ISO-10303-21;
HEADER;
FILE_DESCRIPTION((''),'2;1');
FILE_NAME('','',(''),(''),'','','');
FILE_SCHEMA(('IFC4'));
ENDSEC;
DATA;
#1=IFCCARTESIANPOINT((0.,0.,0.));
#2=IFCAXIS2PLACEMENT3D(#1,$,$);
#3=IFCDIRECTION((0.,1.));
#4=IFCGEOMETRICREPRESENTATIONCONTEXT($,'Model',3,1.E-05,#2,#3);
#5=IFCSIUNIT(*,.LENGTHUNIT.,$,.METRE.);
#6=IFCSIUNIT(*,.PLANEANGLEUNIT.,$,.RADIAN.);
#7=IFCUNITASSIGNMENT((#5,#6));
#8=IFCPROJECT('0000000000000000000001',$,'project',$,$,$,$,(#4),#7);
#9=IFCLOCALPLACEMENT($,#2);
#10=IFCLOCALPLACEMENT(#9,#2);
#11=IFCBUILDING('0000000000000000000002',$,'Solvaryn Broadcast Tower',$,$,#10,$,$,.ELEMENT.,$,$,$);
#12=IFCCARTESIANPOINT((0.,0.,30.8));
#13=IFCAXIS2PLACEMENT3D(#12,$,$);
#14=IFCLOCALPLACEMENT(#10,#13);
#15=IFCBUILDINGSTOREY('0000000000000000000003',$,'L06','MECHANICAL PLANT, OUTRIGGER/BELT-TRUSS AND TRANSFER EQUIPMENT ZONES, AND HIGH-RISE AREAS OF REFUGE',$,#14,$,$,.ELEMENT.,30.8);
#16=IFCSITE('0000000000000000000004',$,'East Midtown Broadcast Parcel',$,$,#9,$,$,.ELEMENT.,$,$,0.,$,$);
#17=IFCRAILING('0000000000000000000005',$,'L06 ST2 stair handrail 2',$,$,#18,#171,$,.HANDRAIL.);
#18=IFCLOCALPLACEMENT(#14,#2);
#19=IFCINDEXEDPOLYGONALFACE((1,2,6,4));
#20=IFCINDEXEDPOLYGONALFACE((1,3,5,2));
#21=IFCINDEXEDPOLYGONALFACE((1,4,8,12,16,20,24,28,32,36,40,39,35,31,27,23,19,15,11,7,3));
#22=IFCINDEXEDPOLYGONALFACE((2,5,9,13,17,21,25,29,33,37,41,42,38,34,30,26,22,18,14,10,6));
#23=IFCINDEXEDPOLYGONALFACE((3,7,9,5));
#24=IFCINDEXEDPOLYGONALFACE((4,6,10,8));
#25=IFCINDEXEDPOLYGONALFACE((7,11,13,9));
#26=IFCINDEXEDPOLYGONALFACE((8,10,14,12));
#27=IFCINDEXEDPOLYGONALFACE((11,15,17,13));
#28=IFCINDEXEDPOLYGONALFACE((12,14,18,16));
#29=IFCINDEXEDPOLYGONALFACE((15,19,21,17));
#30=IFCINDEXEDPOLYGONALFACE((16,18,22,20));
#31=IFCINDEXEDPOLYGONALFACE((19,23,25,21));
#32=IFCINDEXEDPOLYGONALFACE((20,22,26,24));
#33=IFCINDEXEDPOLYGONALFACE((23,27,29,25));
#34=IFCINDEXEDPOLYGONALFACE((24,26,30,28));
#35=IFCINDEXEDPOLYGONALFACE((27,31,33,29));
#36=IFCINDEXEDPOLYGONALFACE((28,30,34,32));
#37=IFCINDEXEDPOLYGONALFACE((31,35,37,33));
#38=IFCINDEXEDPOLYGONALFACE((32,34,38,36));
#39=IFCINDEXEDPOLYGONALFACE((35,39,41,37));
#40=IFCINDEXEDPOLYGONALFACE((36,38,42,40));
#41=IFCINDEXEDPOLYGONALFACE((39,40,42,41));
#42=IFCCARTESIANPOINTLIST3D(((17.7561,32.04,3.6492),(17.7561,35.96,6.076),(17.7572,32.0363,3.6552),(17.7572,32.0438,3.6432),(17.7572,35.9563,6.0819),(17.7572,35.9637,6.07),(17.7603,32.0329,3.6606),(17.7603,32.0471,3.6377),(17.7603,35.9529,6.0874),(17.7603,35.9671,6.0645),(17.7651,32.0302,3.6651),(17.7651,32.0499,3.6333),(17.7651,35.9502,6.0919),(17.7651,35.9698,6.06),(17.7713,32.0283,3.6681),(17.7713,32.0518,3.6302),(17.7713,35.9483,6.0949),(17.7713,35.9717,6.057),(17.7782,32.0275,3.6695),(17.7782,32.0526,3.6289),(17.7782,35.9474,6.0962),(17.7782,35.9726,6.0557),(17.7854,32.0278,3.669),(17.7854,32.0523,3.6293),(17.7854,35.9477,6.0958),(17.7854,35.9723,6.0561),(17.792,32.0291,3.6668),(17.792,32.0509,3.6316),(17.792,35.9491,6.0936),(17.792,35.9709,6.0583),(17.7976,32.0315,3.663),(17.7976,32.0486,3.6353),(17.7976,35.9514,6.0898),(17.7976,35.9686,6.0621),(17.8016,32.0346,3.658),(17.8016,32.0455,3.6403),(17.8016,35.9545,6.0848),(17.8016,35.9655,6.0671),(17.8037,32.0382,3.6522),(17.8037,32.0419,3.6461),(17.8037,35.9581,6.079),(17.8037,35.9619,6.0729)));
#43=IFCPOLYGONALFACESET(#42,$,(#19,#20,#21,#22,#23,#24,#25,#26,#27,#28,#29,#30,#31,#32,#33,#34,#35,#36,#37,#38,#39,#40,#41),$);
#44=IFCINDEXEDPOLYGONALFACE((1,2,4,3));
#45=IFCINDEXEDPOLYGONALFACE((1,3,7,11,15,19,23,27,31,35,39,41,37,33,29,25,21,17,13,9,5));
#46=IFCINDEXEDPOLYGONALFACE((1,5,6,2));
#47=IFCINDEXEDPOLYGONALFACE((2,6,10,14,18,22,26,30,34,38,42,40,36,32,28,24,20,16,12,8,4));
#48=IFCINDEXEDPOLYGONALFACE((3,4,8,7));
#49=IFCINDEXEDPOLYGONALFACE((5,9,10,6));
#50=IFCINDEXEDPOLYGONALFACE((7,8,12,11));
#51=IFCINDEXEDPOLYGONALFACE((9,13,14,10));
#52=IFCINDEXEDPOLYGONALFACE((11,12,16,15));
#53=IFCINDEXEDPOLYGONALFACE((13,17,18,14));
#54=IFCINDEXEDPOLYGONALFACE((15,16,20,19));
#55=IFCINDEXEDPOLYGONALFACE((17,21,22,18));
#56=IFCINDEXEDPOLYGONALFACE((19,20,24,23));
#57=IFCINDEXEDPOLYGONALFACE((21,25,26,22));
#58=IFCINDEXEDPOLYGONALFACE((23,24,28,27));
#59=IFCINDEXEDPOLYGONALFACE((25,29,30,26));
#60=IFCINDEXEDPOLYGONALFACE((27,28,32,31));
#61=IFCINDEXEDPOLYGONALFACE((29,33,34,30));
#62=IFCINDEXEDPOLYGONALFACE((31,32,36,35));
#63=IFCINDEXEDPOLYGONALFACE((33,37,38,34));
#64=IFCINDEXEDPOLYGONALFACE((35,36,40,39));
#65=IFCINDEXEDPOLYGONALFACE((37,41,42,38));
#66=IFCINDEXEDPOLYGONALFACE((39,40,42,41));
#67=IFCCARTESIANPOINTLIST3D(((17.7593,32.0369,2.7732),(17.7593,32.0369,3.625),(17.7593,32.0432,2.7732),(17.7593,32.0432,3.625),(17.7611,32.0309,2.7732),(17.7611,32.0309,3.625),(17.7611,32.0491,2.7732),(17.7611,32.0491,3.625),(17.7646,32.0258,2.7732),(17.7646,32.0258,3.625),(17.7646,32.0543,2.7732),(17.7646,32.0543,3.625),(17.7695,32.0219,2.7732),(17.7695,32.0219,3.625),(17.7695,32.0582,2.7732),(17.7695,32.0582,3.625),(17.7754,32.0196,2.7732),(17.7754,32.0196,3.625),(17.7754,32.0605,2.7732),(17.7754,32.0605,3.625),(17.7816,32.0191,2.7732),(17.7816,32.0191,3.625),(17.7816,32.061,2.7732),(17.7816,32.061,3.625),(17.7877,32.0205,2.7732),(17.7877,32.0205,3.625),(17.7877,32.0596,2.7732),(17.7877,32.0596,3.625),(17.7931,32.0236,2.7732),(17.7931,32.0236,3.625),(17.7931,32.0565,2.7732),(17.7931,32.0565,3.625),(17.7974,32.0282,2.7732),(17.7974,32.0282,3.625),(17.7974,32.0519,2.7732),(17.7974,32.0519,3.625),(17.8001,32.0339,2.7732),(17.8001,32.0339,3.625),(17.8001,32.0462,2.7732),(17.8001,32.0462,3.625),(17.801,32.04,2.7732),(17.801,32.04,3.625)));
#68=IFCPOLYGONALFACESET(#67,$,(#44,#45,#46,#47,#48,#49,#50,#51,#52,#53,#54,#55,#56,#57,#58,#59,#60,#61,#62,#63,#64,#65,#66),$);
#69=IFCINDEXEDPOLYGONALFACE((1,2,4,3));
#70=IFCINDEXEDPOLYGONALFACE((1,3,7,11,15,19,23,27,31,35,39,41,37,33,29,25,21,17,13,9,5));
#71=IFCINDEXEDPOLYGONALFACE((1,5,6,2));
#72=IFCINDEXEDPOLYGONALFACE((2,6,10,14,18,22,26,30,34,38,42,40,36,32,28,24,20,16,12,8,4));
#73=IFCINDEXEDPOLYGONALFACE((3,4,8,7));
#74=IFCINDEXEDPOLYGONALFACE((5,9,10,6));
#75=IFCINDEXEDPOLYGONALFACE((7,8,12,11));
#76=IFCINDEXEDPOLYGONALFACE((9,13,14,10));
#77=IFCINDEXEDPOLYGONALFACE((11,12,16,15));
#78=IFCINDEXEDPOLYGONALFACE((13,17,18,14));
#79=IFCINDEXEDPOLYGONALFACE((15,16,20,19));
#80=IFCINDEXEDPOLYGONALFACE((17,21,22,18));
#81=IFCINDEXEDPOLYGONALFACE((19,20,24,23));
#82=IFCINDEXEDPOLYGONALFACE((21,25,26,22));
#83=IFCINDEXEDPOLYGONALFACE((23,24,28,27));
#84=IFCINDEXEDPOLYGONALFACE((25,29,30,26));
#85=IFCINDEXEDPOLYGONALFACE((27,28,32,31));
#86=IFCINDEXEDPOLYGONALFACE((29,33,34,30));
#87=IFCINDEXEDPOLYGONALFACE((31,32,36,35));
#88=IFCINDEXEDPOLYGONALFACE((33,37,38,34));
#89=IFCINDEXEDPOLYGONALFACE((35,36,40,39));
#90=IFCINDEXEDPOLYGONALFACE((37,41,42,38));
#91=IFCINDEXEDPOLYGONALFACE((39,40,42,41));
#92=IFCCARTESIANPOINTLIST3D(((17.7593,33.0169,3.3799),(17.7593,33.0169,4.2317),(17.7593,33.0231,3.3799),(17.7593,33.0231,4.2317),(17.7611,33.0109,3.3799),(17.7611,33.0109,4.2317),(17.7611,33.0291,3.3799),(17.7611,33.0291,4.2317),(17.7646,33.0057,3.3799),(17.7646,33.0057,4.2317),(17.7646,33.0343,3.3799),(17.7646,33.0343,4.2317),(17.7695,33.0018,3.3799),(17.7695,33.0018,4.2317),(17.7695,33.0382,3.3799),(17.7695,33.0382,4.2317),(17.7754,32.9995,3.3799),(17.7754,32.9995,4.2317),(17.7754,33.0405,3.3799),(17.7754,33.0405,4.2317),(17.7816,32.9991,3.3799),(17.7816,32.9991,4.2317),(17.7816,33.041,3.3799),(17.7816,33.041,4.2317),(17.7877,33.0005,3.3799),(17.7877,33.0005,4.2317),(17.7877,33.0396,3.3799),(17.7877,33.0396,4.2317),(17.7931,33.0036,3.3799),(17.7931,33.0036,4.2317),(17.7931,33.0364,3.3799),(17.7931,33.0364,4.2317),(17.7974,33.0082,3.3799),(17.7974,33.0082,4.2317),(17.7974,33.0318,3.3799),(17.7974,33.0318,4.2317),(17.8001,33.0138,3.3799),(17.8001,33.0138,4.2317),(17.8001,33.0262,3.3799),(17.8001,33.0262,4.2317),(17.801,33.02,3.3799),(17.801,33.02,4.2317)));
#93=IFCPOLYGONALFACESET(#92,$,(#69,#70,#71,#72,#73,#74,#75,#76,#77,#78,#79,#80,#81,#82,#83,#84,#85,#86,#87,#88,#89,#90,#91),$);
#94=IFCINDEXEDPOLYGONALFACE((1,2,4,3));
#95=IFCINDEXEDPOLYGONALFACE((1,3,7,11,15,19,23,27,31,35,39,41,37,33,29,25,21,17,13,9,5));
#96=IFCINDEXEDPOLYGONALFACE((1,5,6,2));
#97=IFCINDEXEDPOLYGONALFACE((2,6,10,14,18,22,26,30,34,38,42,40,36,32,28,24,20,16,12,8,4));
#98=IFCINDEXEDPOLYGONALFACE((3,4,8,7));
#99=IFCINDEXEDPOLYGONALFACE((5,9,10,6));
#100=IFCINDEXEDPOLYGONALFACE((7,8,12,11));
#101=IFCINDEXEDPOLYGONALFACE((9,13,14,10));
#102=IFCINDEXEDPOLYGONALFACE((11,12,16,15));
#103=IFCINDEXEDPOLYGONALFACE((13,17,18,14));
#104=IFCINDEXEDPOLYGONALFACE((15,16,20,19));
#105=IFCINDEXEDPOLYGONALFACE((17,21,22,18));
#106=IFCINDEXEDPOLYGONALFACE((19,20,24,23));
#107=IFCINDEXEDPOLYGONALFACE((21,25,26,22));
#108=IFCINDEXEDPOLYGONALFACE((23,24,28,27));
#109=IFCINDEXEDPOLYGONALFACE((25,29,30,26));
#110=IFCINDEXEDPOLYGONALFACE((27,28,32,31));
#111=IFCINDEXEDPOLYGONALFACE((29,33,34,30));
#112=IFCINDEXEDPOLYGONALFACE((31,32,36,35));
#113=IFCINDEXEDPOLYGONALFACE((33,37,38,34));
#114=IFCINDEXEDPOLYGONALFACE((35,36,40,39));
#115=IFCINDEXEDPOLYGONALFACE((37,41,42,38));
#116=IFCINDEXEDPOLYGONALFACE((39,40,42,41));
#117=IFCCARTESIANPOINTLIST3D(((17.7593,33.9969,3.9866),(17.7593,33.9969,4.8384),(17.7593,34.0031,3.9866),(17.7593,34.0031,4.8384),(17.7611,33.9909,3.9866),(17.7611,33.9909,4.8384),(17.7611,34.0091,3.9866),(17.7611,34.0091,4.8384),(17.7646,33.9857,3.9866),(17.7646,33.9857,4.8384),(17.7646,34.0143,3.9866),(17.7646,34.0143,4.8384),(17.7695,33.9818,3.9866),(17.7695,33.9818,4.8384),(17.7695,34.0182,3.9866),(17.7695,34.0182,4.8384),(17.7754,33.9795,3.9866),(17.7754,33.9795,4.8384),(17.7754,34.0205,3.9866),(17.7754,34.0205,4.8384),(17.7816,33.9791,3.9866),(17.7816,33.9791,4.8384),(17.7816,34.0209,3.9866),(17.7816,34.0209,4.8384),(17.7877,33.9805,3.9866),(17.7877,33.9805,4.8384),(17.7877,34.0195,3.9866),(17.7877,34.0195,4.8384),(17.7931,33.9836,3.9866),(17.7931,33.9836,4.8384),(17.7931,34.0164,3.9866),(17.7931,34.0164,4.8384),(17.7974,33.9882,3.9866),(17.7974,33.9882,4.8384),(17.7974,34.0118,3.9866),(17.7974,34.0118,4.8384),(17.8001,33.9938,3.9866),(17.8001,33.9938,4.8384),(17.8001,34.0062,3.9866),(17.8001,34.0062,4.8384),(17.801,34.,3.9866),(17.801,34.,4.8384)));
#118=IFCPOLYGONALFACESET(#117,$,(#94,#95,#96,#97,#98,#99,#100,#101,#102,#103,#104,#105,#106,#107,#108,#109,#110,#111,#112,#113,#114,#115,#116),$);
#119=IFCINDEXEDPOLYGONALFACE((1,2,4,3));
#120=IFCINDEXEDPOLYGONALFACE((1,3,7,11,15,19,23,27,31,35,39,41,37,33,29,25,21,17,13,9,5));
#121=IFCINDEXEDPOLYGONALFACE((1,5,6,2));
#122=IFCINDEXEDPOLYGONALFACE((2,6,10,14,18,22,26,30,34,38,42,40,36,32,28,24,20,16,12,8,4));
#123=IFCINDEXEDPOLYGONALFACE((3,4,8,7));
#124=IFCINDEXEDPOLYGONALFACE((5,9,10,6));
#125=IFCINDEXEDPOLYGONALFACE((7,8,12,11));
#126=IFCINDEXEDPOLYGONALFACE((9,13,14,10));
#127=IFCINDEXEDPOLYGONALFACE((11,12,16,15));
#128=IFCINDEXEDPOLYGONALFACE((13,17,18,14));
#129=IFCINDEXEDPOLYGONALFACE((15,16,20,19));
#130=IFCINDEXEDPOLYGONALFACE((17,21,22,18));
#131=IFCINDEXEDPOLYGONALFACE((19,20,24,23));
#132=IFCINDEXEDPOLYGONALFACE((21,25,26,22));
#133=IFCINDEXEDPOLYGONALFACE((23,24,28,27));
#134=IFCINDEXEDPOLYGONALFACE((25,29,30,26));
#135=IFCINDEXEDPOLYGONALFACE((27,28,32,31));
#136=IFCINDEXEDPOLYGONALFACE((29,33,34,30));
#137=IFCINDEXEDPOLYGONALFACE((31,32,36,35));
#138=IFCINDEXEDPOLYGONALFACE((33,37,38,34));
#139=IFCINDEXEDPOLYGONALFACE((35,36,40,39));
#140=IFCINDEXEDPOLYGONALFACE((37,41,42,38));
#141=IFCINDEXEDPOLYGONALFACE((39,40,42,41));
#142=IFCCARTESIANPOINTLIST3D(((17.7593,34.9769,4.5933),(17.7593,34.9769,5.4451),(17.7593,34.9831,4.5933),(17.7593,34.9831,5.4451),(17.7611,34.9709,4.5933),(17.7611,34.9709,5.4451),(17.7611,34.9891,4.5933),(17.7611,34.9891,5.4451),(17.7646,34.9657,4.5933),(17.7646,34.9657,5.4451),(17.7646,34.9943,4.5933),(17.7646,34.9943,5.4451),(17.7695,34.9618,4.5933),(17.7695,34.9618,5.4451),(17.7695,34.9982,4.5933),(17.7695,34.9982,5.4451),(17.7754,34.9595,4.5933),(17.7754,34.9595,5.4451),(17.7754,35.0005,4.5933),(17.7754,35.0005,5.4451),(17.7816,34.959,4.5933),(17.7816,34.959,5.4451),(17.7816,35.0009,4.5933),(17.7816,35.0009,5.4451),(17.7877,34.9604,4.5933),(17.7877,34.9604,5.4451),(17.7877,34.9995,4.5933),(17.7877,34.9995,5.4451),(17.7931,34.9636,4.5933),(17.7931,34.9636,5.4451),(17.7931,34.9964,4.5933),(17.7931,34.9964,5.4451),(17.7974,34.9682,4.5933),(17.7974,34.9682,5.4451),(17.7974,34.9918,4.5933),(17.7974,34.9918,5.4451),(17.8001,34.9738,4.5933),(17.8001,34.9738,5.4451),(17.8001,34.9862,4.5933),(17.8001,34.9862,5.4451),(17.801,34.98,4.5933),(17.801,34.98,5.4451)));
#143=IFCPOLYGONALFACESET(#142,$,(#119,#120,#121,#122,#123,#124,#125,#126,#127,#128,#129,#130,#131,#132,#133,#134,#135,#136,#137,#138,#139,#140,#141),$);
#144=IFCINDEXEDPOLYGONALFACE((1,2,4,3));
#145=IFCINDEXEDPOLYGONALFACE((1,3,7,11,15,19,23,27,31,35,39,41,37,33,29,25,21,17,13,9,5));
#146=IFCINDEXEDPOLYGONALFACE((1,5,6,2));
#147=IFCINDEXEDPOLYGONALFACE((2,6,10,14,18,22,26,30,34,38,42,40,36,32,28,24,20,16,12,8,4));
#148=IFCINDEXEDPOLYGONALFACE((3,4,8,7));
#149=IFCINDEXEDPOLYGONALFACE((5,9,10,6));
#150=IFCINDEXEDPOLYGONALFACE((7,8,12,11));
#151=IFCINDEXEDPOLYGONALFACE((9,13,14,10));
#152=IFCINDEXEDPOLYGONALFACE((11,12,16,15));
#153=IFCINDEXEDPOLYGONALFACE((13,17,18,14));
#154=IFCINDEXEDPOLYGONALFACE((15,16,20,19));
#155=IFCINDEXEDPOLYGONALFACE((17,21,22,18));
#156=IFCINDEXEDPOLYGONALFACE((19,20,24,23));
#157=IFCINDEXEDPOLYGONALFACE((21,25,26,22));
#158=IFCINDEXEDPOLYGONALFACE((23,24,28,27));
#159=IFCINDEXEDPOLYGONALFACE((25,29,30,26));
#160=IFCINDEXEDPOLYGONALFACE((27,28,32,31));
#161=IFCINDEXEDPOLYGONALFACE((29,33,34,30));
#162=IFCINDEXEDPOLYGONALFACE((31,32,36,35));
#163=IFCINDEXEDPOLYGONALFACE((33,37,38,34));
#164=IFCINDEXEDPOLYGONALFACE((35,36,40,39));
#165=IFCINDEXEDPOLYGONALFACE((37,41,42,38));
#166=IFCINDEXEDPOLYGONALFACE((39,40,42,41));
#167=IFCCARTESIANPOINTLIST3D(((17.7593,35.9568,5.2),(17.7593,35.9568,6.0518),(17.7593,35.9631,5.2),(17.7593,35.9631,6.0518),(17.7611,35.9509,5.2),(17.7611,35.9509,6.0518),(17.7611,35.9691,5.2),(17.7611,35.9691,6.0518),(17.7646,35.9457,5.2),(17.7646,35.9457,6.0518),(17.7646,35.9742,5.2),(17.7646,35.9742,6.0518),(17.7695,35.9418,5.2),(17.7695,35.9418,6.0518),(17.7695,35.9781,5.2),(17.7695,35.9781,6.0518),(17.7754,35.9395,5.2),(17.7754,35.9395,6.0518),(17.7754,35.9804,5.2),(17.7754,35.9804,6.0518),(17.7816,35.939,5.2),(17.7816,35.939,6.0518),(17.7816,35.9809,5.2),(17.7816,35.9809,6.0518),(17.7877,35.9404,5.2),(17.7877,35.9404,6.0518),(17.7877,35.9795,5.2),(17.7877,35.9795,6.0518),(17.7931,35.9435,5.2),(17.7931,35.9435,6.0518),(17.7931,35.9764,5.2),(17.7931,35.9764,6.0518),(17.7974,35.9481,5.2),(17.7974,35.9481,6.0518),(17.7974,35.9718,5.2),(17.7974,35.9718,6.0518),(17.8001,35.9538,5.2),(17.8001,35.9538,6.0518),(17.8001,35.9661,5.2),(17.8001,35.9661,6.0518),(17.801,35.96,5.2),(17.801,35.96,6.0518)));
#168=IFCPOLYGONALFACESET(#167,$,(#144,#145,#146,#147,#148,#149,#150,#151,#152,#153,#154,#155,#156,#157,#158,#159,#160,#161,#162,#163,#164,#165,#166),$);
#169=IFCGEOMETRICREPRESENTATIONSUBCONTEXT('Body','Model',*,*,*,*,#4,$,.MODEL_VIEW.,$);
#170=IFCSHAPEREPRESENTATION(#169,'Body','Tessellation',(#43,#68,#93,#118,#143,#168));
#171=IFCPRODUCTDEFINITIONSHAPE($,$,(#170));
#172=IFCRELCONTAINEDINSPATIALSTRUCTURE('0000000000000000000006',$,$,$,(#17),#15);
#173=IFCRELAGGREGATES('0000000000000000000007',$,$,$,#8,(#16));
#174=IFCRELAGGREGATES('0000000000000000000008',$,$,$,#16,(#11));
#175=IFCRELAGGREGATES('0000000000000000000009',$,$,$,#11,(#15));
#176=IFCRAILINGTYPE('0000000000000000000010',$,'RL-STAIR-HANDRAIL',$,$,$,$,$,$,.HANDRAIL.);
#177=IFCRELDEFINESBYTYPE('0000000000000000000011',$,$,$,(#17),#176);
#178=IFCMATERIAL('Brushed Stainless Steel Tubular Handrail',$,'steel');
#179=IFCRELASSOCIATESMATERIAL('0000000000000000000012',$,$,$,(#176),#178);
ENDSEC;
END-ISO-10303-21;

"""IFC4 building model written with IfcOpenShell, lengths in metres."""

from ifc_helpers import new_model, si_unit, direction, frame, origin, origin_2d, place, context, subcontext, project, spatial, circle, extrude, material, type_object, element, save


model = new_model("IFC4")

# Units and contexts
model_context = context("Model", 3, precision=1e-05, world=origin(), true_north=direction((0.0, 1.0)))
body_context = subcontext(model_context, "Body", "Model", "MODEL_VIEW")
ifc_project = project(units=[si_unit("LENGTHUNIT", "METRE"), si_unit("PLANEANGLEUNIT", "RADIAN")], contexts=[model_context])

# Site, building, storey
site_placement = place(None, origin())
site = spatial("IfcSite", under=ifc_project, at=site_placement, Name="East Midtown Broadcast Parcel", CompositionType="ELEMENT", RefElevation=0.0)
building_placement = place(site_placement, origin())
building = spatial("IfcBuilding", under=site, at=building_placement, Name="Solvaryn Broadcast Tower", CompositionType="ELEMENT")
storey_placement = place(building_placement, frame((0.0, 0.0, 30.8)))
storey = spatial("IfcBuildingStorey", under=building, at=storey_placement, Name="L06", Description="MECHANICAL PLANT, OUTRIGGER/BELT-TRUSS AND TRANSFER EQUIPMENT ZONES, AND HIGH-RISE AREAS OF REFUGE", CompositionType="ELEMENT", Elevation=30.8)

# Railing
ifc_material_1 = material(Name="Brushed Stainless Steel Tubular Handrail", Category="steel")
railing_type_1 = type_object("IfcRailingType", Name="RL-STAIR-HANDRAIL", PredefinedType="HANDRAIL", material=ifc_material_1)
railing_1_placement = place(storey_placement, frame((17.78, 32.04, 2.7732)))
element("IfcRailing", 1, at=railing_1_placement, inside=storey, type_object=railing_type_1, Name="L06 ST2 stair handrail 2", PredefinedType="HANDRAIL", context=body_context, shape_type="SweptSolid", body=[
    extrude(circle(Radius=0.0239, at=origin_2d()), frame((0.0, 0.0, 0.876), z_axis=(0.0, 0.850252, 0.526376), x_axis=(-1.0, 0.0, 0.0)), (0.0, 0.0, 1.0), 4.6104),
    extrude(circle(Radius=0.021, at=origin_2d()), origin(), (0.0, 0.0, 1.0), 0.8518),
    extrude(circle(Radius=0.021, at=origin_2d()), frame((0.0, 0.98, 0.6067)), (0.0, 0.0, 1.0), 0.8518),
    extrude(circle(Radius=0.021, at=origin_2d()), frame((0.0, 1.96, 1.2134)), (0.0, 0.0, 1.0), 0.8518),
    extrude(circle(Radius=0.021, at=origin_2d()), frame((0.0, 2.9399, 1.8201)), (0.0, 0.0, 1.0), 0.8518),
    extrude(circle(Radius=0.021, at=origin_2d()), frame((0.0, 3.9199, 2.4268)), (0.0, 0.0, 1.0), 0.8518),
])

save(model, "model.ifc")
